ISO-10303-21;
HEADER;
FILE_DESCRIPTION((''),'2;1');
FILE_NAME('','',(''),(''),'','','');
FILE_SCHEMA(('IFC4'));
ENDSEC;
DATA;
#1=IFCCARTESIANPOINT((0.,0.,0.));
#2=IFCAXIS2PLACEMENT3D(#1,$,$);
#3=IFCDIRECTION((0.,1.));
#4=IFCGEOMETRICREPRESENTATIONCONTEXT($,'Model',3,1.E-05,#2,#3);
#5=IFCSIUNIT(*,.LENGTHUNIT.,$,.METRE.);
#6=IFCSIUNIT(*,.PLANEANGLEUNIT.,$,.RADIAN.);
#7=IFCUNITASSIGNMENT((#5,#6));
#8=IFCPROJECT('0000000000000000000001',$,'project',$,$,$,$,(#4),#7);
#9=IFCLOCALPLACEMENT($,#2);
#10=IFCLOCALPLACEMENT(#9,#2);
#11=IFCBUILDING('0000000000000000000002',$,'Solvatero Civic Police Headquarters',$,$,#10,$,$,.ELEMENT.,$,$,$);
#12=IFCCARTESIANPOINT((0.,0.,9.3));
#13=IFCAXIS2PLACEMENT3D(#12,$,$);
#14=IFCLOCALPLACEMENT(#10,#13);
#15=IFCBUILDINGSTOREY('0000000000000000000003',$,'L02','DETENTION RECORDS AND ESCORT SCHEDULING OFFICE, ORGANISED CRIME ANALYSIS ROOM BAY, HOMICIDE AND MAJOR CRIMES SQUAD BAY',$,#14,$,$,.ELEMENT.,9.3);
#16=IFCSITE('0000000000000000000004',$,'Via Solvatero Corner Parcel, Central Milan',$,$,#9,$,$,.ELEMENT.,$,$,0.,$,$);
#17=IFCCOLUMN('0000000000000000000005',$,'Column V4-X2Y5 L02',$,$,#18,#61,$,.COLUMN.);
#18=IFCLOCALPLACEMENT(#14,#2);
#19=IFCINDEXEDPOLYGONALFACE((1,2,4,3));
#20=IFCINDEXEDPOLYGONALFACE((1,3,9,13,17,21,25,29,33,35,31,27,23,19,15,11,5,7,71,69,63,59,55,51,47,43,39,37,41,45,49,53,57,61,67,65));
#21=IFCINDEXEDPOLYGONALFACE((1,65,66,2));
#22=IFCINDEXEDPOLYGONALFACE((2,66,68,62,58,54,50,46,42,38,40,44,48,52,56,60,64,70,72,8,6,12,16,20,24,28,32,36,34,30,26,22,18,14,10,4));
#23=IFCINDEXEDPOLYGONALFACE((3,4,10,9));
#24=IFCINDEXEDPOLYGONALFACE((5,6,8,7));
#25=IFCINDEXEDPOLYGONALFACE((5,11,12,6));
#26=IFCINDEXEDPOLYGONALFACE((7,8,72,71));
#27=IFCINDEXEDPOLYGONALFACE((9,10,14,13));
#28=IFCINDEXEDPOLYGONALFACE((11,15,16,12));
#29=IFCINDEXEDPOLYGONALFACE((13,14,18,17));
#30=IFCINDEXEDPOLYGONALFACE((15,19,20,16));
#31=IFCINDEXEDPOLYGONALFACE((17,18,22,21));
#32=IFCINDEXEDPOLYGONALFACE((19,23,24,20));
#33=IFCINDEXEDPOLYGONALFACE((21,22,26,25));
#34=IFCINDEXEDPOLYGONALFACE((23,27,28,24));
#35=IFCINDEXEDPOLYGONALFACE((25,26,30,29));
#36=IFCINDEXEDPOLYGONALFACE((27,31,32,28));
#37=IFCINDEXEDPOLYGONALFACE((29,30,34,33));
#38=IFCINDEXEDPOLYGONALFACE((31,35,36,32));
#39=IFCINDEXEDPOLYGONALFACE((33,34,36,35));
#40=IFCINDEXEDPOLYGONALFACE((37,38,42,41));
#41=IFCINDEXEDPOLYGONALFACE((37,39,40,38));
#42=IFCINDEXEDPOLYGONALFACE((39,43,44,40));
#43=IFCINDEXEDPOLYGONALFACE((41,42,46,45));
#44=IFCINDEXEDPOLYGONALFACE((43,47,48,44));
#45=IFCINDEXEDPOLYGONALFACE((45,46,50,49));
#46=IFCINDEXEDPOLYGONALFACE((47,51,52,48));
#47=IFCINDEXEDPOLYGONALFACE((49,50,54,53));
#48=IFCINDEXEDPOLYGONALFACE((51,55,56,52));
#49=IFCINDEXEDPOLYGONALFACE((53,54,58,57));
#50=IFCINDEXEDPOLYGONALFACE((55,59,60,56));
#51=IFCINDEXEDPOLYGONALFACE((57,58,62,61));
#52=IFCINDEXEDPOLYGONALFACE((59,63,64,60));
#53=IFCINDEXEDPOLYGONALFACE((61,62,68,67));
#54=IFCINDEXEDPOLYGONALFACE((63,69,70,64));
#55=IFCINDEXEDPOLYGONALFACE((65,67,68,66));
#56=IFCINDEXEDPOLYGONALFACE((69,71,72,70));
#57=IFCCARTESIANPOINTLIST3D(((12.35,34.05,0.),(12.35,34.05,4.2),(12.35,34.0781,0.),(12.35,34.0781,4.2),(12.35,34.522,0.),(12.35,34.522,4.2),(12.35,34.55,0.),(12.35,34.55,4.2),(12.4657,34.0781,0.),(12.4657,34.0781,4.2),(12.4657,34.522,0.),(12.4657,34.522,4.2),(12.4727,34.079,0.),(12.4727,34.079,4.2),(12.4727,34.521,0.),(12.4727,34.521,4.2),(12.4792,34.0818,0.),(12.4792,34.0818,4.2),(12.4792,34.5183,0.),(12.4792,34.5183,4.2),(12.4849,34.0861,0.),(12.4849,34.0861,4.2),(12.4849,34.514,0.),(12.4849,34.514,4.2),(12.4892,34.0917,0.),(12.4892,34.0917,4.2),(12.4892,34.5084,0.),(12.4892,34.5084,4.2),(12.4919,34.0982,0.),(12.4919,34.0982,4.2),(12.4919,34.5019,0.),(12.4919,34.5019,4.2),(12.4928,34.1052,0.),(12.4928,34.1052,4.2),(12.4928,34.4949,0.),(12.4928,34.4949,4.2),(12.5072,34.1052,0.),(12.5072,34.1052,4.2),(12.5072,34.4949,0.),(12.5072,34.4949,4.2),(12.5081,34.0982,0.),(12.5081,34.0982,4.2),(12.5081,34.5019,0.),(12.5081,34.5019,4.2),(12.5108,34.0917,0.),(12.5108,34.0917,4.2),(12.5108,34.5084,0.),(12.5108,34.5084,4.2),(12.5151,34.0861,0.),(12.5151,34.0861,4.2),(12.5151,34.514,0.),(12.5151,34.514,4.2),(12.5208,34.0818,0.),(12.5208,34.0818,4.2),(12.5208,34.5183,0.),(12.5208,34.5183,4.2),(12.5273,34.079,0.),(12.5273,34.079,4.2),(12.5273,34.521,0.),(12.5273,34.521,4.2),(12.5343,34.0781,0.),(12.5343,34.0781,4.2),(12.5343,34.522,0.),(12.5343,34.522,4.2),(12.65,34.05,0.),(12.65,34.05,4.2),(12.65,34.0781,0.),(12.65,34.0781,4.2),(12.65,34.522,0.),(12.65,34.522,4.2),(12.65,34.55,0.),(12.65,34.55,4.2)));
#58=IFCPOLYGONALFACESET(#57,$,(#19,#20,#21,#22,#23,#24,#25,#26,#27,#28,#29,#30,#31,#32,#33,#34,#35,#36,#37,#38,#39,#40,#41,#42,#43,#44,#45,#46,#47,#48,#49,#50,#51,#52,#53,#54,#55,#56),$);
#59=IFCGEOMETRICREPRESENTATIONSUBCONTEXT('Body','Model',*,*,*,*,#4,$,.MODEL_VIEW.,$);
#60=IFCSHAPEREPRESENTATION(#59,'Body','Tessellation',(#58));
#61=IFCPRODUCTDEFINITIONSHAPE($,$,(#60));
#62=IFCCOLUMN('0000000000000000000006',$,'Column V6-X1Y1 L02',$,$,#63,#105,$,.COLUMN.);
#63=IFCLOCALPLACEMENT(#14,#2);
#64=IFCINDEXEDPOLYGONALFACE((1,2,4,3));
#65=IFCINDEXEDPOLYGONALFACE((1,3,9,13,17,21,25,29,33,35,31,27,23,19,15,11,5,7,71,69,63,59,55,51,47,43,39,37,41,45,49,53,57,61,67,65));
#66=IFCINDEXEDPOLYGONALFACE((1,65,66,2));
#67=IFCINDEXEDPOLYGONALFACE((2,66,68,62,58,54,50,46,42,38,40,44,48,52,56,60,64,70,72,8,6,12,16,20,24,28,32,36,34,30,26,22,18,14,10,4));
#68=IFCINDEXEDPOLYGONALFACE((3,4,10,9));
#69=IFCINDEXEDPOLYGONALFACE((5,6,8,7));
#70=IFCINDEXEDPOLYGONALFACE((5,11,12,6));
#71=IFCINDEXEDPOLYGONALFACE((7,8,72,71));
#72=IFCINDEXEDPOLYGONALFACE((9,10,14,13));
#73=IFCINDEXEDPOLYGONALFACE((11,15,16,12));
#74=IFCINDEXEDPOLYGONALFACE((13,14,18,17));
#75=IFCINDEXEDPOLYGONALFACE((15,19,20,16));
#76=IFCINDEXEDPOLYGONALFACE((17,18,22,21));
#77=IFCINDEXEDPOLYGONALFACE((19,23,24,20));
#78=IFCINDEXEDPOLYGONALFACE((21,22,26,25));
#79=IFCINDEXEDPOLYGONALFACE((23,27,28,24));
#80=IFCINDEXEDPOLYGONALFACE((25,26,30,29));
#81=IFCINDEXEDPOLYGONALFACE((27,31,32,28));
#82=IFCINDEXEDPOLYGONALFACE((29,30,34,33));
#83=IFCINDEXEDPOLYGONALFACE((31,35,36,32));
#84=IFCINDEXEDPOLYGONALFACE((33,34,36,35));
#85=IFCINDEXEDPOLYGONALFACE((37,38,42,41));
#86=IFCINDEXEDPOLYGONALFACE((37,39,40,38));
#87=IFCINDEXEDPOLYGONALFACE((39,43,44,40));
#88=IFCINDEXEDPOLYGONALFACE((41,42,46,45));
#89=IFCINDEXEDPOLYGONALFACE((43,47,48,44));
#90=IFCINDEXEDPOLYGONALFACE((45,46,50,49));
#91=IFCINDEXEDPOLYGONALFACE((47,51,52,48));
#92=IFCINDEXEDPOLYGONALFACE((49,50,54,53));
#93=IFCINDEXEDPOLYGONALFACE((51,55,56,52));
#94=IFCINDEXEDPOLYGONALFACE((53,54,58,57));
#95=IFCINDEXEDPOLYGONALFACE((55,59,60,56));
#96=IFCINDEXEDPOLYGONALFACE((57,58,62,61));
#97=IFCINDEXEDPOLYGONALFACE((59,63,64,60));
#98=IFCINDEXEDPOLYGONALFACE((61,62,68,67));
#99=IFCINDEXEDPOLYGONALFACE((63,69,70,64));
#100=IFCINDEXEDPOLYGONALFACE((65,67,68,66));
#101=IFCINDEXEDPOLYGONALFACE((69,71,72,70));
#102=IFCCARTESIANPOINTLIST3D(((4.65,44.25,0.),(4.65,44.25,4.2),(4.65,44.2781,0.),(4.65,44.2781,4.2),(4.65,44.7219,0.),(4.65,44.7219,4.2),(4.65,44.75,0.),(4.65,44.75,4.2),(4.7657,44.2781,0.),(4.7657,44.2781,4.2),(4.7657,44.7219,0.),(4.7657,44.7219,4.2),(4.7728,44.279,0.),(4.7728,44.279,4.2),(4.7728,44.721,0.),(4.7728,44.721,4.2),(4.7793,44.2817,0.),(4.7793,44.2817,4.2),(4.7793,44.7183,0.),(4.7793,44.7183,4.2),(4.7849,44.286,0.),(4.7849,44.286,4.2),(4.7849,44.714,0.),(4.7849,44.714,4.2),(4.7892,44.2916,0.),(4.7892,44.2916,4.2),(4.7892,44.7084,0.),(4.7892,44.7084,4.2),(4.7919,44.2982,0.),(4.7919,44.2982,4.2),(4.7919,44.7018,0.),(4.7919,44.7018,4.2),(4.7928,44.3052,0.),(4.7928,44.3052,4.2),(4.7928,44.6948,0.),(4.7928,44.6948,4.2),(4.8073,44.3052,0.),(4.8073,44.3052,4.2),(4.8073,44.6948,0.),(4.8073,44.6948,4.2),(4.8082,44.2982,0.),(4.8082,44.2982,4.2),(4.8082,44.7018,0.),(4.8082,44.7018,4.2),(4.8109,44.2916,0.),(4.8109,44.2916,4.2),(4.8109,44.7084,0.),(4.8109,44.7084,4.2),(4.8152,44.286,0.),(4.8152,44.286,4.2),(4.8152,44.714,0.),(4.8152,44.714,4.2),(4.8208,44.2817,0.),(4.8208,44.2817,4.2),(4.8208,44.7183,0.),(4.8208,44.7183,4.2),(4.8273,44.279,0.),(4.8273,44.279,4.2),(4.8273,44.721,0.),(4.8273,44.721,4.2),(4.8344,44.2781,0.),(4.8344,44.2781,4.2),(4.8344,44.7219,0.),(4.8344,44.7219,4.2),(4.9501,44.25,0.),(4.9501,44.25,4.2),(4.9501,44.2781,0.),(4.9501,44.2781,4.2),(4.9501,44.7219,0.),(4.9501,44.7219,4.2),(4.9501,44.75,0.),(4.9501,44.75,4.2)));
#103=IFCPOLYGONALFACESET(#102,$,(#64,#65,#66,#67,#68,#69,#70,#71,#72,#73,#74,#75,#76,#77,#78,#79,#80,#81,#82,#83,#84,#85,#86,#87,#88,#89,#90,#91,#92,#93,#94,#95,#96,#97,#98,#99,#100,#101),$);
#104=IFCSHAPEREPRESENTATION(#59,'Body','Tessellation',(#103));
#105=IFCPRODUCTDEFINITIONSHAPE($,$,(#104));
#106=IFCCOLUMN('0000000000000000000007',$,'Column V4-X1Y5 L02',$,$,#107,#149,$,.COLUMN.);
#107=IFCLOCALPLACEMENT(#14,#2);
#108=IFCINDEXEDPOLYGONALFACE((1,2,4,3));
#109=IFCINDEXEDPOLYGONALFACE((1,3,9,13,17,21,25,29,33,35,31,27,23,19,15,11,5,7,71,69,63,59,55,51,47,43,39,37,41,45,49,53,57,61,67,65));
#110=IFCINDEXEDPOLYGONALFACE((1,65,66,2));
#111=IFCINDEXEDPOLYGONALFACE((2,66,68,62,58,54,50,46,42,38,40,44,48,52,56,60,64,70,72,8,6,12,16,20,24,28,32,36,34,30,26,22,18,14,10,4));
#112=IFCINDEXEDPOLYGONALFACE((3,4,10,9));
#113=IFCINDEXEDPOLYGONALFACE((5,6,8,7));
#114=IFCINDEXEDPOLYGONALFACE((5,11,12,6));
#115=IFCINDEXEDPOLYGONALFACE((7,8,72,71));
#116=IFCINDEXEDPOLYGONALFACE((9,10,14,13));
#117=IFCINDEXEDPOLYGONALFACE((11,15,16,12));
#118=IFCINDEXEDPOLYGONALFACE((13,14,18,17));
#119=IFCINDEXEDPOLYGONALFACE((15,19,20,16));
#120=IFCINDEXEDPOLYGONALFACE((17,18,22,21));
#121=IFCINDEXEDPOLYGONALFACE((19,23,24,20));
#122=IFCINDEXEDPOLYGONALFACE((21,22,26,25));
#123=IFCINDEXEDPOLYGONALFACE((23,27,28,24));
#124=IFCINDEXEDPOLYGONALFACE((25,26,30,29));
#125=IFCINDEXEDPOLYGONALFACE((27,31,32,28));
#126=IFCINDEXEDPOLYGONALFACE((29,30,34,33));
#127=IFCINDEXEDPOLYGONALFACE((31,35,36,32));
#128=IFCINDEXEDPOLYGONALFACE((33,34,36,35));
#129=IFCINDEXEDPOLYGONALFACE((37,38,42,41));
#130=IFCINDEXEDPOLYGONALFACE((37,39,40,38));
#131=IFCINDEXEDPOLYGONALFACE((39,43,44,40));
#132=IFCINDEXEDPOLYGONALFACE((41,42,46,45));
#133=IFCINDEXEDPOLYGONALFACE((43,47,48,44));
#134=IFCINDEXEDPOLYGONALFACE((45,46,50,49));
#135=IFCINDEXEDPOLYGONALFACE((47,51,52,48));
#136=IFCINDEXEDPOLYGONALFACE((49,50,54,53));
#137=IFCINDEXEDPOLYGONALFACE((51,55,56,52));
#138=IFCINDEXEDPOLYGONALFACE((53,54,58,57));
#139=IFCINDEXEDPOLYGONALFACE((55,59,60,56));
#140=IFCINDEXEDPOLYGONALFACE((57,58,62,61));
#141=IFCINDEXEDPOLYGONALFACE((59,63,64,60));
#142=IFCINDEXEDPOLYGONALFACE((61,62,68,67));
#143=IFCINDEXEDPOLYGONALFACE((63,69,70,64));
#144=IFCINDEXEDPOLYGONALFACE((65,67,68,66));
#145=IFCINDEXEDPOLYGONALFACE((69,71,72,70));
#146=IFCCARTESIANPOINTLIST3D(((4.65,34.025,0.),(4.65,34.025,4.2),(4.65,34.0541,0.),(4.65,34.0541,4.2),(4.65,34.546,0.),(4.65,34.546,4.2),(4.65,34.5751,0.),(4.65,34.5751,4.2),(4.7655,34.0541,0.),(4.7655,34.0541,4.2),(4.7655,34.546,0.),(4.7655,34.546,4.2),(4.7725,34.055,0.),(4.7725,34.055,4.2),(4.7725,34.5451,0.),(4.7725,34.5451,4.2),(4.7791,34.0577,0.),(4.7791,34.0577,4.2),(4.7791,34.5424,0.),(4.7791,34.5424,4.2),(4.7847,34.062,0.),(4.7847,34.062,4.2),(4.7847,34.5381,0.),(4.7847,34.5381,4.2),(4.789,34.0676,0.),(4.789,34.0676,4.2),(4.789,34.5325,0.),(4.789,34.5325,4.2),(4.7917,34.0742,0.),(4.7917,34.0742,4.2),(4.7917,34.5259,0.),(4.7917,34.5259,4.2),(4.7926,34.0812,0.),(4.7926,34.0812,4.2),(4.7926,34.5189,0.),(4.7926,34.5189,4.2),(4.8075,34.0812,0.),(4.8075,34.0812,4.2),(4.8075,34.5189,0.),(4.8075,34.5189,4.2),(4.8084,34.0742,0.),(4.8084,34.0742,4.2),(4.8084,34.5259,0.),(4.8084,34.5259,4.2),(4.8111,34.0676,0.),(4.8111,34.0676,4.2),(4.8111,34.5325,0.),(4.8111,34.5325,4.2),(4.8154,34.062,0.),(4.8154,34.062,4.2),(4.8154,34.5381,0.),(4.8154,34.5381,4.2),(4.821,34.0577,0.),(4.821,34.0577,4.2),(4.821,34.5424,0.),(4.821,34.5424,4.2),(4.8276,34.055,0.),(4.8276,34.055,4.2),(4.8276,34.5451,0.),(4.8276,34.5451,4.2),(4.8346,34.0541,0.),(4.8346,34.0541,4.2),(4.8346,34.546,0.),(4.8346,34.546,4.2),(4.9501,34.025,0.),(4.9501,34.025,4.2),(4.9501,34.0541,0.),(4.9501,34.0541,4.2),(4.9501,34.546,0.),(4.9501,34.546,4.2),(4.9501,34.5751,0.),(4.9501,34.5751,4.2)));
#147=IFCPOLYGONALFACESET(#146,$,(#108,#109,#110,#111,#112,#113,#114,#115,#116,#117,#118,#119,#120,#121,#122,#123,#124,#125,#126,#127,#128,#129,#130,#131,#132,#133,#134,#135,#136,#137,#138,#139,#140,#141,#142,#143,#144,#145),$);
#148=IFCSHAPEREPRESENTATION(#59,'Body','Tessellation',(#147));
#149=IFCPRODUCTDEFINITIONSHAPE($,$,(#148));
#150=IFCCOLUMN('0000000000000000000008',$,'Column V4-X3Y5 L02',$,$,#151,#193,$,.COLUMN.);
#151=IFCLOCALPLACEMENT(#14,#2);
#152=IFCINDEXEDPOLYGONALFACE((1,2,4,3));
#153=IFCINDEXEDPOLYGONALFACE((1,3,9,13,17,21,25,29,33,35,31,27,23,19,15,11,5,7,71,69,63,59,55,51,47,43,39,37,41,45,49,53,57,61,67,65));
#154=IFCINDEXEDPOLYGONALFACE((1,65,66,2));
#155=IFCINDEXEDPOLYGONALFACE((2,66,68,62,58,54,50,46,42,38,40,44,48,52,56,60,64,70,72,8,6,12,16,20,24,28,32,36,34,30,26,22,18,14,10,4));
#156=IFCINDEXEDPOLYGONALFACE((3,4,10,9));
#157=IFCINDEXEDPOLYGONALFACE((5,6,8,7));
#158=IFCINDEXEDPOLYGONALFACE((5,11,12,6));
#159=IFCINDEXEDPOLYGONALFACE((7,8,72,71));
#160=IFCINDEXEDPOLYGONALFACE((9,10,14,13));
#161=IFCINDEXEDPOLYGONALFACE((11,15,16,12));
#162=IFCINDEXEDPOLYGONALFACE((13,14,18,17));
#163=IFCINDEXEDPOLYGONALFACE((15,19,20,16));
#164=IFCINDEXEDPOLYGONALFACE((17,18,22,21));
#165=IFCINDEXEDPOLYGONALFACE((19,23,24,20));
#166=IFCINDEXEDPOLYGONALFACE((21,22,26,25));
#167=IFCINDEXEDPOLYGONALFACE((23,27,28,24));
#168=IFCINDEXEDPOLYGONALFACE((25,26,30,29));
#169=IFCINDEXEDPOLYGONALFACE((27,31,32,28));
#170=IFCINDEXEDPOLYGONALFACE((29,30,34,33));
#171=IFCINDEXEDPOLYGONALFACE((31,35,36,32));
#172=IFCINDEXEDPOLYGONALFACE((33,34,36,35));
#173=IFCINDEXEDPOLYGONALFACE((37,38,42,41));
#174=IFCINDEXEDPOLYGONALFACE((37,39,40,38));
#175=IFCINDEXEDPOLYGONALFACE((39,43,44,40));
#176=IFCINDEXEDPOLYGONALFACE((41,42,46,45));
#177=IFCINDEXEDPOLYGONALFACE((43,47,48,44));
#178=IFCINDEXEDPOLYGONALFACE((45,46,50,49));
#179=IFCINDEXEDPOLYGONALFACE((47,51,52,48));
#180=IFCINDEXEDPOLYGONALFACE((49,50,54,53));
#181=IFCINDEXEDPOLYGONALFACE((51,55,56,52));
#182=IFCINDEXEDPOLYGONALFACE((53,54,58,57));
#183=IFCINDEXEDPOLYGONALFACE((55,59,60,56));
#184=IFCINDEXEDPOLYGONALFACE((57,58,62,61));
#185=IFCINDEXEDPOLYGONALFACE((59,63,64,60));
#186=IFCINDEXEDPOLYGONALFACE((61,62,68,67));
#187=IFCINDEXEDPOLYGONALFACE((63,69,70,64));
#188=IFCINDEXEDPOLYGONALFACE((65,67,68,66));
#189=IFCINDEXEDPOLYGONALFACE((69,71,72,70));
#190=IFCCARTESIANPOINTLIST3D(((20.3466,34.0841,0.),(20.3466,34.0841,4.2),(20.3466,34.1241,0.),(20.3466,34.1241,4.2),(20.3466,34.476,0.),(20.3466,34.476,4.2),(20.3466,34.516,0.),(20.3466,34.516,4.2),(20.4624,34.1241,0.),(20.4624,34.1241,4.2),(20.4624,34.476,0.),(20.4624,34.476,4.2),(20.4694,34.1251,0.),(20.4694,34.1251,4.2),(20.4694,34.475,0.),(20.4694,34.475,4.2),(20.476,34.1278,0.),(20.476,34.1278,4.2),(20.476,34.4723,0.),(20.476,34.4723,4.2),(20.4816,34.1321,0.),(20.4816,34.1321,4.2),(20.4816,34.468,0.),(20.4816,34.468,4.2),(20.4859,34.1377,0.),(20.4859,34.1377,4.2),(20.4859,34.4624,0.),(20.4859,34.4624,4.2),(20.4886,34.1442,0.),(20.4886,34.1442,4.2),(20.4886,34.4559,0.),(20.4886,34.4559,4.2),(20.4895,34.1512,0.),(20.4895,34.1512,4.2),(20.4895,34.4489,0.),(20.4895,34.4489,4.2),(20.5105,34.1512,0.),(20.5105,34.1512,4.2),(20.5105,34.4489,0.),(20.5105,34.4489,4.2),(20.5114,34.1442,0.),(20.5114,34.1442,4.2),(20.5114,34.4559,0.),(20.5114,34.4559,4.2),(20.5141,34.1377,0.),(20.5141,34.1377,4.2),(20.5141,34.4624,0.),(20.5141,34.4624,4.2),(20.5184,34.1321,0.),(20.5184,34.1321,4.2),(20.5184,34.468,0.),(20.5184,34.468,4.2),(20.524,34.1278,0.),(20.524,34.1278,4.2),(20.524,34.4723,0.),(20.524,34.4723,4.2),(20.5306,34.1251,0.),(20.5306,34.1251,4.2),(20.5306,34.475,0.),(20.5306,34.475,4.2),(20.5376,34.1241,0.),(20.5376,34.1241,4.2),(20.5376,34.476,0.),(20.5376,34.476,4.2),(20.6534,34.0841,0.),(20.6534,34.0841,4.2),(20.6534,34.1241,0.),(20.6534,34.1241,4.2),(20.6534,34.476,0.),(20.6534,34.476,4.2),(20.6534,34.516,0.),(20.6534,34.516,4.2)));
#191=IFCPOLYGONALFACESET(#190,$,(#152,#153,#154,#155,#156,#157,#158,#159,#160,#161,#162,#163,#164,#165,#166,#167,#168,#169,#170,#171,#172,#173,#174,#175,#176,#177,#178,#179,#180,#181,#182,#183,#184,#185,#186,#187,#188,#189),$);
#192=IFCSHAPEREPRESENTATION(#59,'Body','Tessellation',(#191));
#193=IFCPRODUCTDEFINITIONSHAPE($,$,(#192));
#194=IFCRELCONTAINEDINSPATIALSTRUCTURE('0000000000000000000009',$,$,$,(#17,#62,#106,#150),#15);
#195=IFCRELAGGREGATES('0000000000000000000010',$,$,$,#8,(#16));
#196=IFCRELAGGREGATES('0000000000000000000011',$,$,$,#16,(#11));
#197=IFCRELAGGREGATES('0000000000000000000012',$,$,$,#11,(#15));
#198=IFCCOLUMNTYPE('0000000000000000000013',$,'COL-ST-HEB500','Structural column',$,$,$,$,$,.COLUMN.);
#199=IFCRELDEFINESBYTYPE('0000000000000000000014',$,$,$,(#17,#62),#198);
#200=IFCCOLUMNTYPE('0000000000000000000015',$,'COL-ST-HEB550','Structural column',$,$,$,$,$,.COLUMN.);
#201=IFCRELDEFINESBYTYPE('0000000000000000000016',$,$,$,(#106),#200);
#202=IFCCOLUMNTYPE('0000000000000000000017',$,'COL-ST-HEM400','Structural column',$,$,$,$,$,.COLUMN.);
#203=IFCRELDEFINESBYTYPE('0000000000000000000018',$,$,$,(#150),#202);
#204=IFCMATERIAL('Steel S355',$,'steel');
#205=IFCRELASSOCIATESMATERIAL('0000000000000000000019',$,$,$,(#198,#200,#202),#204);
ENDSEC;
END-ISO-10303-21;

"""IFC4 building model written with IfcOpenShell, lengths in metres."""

from ifc_helpers import new_model, si_unit, direction, frame, origin, origin_2d, place, context, subcontext, project, spatial, i_section, extrude, material, material_profile, profile_set, type_object, element, save


model = new_model("IFC4")

# Units and contexts
model_context = context("Model", 3, precision=1e-05, world=origin(), true_north=direction((0.0, 1.0)))
body_context = subcontext(model_context, "Body", "Model", "MODEL_VIEW")
ifc_project = project(units=[si_unit("LENGTHUNIT", "METRE"), si_unit("PLANEANGLEUNIT", "RADIAN")], contexts=[model_context])

# Site, building, storey
site_placement = place(None, origin())
site = spatial("IfcSite", under=ifc_project, at=site_placement, Name="Via Solvatero Corner Parcel, Central Milan", CompositionType="ELEMENT", RefElevation=0.0)
building_placement = place(site_placement, origin())
building = spatial("IfcBuilding", under=site, at=building_placement, Name="Solvatero Civic Police Headquarters", CompositionType="ELEMENT")
storey_placement = place(building_placement, frame((0.0, 0.0, 9.3)))
storey = spatial("IfcBuildingStorey", under=building, at=storey_placement, Name="L02", Description="DETENTION RECORDS AND ESCORT SCHEDULING OFFICE, ORGANISED CRIME ANALYSIS ROOM BAY, HOMICIDE AND MAJOR CRIMES SQUAD BAY", CompositionType="ELEMENT", Elevation=9.3)

# Columns
ifc_material_1 = material(Name="Steel S355", Category="steel")
ifc_material_profile_1 = material_profile(ifc_material_1, i_section(OverallWidth=0.3, OverallDepth=0.5, WebThickness=0.0144, FlangeThickness=0.0281, FilletRadius=0.0271, at=origin_2d()), Name="HEB 500")
ifc_profile_set_1 = profile_set([ifc_material_profile_1], Name="Steel S355")
column_type_1 = type_object("IfcColumnType", Name="COL-ST-HEB500", Description="Structural column", PredefinedType="COLUMN", material=ifc_profile_set_1)
for number, where, z_axis, x_axis, name in (
    (1, (12.5, 34.3, 0.0), (0.0, 0.0, 1.0), (1.0, 0.0, 0.0), "Column V4-X2Y5 L02"),
    (2, (4.8, 44.5, 0.0), (0.0, 0.0, 1.0), (1.0, 0.0, 0.0), "Column V6-X1Y1 L02"),
):
    element("IfcColumn", number, at=place(storey_placement, frame(where, z_axis=z_axis, x_axis=x_axis)), inside=storey, type_object=column_type_1, Name=name, PredefinedType="COLUMN", context=body_context, shape_type="SweptSolid", body=[
        extrude(i_section(OverallWidth=0.3, OverallDepth=0.5, WebThickness=0.0144, FlangeThickness=0.0281, FilletRadius=0.0271, at=origin_2d()), origin(), (0.0, 0.0, 1.0), 4.2),
    ])
ifc_material_profile_2 = material_profile(ifc_material_1, i_section(OverallWidth=0.3, OverallDepth=0.55, WebThickness=0.0149, FlangeThickness=0.0291, FilletRadius=0.0271, at=origin_2d()), Name="HEB 550")
ifc_profile_set_2 = profile_set([ifc_material_profile_2], Name="Steel S355")
column_type_2 = type_object("IfcColumnType", Name="COL-ST-HEB550", Description="Structural column", PredefinedType="COLUMN", material=ifc_profile_set_2)
column_1_placement = place(storey_placement, frame((4.8, 34.3, 0.0), z_axis=(0.0, 0.0, 1.0), x_axis=(1.0, 0.0, 0.0)))
element("IfcColumn", 3, at=column_1_placement, inside=storey, type_object=column_type_2, Name="Column V4-X1Y5 L02", PredefinedType="COLUMN", context=body_context, shape_type="SweptSolid", body=[
    extrude(i_section(OverallWidth=0.3, OverallDepth=0.55, WebThickness=0.0149, FlangeThickness=0.0291, FilletRadius=0.0271, at=origin_2d()), origin(), (0.0, 0.0, 1.0), 4.2),
])
ifc_material_profile_3 = material_profile(ifc_material_1, i_section(OverallWidth=0.3069, OverallDepth=0.4319, WebThickness=0.021, FlangeThickness=0.04, FilletRadius=0.0271, at=origin_2d()), Name="HEM 400")
ifc_profile_set_3 = profile_set([ifc_material_profile_3], Name="Steel S355")
column_type_3 = type_object("IfcColumnType", Name="COL-ST-HEM400", Description="Structural column", PredefinedType="COLUMN", material=ifc_profile_set_3)
column_2_placement = place(storey_placement, frame((20.5, 34.3, 0.0), z_axis=(0.0, 0.0, 1.0), x_axis=(1.0, 0.0, 0.0)))
element("IfcColumn", 4, at=column_2_placement, inside=storey, type_object=column_type_3, Name="Column V4-X3Y5 L02", PredefinedType="COLUMN", context=body_context, shape_type="SweptSolid", body=[
    extrude(i_section(OverallWidth=0.3069, OverallDepth=0.4319, WebThickness=0.021, FlangeThickness=0.04, FilletRadius=0.0271, at=origin_2d()), origin(), (0.0, 0.0, 1.0), 4.2),
])

save(model, "model.ifc")
